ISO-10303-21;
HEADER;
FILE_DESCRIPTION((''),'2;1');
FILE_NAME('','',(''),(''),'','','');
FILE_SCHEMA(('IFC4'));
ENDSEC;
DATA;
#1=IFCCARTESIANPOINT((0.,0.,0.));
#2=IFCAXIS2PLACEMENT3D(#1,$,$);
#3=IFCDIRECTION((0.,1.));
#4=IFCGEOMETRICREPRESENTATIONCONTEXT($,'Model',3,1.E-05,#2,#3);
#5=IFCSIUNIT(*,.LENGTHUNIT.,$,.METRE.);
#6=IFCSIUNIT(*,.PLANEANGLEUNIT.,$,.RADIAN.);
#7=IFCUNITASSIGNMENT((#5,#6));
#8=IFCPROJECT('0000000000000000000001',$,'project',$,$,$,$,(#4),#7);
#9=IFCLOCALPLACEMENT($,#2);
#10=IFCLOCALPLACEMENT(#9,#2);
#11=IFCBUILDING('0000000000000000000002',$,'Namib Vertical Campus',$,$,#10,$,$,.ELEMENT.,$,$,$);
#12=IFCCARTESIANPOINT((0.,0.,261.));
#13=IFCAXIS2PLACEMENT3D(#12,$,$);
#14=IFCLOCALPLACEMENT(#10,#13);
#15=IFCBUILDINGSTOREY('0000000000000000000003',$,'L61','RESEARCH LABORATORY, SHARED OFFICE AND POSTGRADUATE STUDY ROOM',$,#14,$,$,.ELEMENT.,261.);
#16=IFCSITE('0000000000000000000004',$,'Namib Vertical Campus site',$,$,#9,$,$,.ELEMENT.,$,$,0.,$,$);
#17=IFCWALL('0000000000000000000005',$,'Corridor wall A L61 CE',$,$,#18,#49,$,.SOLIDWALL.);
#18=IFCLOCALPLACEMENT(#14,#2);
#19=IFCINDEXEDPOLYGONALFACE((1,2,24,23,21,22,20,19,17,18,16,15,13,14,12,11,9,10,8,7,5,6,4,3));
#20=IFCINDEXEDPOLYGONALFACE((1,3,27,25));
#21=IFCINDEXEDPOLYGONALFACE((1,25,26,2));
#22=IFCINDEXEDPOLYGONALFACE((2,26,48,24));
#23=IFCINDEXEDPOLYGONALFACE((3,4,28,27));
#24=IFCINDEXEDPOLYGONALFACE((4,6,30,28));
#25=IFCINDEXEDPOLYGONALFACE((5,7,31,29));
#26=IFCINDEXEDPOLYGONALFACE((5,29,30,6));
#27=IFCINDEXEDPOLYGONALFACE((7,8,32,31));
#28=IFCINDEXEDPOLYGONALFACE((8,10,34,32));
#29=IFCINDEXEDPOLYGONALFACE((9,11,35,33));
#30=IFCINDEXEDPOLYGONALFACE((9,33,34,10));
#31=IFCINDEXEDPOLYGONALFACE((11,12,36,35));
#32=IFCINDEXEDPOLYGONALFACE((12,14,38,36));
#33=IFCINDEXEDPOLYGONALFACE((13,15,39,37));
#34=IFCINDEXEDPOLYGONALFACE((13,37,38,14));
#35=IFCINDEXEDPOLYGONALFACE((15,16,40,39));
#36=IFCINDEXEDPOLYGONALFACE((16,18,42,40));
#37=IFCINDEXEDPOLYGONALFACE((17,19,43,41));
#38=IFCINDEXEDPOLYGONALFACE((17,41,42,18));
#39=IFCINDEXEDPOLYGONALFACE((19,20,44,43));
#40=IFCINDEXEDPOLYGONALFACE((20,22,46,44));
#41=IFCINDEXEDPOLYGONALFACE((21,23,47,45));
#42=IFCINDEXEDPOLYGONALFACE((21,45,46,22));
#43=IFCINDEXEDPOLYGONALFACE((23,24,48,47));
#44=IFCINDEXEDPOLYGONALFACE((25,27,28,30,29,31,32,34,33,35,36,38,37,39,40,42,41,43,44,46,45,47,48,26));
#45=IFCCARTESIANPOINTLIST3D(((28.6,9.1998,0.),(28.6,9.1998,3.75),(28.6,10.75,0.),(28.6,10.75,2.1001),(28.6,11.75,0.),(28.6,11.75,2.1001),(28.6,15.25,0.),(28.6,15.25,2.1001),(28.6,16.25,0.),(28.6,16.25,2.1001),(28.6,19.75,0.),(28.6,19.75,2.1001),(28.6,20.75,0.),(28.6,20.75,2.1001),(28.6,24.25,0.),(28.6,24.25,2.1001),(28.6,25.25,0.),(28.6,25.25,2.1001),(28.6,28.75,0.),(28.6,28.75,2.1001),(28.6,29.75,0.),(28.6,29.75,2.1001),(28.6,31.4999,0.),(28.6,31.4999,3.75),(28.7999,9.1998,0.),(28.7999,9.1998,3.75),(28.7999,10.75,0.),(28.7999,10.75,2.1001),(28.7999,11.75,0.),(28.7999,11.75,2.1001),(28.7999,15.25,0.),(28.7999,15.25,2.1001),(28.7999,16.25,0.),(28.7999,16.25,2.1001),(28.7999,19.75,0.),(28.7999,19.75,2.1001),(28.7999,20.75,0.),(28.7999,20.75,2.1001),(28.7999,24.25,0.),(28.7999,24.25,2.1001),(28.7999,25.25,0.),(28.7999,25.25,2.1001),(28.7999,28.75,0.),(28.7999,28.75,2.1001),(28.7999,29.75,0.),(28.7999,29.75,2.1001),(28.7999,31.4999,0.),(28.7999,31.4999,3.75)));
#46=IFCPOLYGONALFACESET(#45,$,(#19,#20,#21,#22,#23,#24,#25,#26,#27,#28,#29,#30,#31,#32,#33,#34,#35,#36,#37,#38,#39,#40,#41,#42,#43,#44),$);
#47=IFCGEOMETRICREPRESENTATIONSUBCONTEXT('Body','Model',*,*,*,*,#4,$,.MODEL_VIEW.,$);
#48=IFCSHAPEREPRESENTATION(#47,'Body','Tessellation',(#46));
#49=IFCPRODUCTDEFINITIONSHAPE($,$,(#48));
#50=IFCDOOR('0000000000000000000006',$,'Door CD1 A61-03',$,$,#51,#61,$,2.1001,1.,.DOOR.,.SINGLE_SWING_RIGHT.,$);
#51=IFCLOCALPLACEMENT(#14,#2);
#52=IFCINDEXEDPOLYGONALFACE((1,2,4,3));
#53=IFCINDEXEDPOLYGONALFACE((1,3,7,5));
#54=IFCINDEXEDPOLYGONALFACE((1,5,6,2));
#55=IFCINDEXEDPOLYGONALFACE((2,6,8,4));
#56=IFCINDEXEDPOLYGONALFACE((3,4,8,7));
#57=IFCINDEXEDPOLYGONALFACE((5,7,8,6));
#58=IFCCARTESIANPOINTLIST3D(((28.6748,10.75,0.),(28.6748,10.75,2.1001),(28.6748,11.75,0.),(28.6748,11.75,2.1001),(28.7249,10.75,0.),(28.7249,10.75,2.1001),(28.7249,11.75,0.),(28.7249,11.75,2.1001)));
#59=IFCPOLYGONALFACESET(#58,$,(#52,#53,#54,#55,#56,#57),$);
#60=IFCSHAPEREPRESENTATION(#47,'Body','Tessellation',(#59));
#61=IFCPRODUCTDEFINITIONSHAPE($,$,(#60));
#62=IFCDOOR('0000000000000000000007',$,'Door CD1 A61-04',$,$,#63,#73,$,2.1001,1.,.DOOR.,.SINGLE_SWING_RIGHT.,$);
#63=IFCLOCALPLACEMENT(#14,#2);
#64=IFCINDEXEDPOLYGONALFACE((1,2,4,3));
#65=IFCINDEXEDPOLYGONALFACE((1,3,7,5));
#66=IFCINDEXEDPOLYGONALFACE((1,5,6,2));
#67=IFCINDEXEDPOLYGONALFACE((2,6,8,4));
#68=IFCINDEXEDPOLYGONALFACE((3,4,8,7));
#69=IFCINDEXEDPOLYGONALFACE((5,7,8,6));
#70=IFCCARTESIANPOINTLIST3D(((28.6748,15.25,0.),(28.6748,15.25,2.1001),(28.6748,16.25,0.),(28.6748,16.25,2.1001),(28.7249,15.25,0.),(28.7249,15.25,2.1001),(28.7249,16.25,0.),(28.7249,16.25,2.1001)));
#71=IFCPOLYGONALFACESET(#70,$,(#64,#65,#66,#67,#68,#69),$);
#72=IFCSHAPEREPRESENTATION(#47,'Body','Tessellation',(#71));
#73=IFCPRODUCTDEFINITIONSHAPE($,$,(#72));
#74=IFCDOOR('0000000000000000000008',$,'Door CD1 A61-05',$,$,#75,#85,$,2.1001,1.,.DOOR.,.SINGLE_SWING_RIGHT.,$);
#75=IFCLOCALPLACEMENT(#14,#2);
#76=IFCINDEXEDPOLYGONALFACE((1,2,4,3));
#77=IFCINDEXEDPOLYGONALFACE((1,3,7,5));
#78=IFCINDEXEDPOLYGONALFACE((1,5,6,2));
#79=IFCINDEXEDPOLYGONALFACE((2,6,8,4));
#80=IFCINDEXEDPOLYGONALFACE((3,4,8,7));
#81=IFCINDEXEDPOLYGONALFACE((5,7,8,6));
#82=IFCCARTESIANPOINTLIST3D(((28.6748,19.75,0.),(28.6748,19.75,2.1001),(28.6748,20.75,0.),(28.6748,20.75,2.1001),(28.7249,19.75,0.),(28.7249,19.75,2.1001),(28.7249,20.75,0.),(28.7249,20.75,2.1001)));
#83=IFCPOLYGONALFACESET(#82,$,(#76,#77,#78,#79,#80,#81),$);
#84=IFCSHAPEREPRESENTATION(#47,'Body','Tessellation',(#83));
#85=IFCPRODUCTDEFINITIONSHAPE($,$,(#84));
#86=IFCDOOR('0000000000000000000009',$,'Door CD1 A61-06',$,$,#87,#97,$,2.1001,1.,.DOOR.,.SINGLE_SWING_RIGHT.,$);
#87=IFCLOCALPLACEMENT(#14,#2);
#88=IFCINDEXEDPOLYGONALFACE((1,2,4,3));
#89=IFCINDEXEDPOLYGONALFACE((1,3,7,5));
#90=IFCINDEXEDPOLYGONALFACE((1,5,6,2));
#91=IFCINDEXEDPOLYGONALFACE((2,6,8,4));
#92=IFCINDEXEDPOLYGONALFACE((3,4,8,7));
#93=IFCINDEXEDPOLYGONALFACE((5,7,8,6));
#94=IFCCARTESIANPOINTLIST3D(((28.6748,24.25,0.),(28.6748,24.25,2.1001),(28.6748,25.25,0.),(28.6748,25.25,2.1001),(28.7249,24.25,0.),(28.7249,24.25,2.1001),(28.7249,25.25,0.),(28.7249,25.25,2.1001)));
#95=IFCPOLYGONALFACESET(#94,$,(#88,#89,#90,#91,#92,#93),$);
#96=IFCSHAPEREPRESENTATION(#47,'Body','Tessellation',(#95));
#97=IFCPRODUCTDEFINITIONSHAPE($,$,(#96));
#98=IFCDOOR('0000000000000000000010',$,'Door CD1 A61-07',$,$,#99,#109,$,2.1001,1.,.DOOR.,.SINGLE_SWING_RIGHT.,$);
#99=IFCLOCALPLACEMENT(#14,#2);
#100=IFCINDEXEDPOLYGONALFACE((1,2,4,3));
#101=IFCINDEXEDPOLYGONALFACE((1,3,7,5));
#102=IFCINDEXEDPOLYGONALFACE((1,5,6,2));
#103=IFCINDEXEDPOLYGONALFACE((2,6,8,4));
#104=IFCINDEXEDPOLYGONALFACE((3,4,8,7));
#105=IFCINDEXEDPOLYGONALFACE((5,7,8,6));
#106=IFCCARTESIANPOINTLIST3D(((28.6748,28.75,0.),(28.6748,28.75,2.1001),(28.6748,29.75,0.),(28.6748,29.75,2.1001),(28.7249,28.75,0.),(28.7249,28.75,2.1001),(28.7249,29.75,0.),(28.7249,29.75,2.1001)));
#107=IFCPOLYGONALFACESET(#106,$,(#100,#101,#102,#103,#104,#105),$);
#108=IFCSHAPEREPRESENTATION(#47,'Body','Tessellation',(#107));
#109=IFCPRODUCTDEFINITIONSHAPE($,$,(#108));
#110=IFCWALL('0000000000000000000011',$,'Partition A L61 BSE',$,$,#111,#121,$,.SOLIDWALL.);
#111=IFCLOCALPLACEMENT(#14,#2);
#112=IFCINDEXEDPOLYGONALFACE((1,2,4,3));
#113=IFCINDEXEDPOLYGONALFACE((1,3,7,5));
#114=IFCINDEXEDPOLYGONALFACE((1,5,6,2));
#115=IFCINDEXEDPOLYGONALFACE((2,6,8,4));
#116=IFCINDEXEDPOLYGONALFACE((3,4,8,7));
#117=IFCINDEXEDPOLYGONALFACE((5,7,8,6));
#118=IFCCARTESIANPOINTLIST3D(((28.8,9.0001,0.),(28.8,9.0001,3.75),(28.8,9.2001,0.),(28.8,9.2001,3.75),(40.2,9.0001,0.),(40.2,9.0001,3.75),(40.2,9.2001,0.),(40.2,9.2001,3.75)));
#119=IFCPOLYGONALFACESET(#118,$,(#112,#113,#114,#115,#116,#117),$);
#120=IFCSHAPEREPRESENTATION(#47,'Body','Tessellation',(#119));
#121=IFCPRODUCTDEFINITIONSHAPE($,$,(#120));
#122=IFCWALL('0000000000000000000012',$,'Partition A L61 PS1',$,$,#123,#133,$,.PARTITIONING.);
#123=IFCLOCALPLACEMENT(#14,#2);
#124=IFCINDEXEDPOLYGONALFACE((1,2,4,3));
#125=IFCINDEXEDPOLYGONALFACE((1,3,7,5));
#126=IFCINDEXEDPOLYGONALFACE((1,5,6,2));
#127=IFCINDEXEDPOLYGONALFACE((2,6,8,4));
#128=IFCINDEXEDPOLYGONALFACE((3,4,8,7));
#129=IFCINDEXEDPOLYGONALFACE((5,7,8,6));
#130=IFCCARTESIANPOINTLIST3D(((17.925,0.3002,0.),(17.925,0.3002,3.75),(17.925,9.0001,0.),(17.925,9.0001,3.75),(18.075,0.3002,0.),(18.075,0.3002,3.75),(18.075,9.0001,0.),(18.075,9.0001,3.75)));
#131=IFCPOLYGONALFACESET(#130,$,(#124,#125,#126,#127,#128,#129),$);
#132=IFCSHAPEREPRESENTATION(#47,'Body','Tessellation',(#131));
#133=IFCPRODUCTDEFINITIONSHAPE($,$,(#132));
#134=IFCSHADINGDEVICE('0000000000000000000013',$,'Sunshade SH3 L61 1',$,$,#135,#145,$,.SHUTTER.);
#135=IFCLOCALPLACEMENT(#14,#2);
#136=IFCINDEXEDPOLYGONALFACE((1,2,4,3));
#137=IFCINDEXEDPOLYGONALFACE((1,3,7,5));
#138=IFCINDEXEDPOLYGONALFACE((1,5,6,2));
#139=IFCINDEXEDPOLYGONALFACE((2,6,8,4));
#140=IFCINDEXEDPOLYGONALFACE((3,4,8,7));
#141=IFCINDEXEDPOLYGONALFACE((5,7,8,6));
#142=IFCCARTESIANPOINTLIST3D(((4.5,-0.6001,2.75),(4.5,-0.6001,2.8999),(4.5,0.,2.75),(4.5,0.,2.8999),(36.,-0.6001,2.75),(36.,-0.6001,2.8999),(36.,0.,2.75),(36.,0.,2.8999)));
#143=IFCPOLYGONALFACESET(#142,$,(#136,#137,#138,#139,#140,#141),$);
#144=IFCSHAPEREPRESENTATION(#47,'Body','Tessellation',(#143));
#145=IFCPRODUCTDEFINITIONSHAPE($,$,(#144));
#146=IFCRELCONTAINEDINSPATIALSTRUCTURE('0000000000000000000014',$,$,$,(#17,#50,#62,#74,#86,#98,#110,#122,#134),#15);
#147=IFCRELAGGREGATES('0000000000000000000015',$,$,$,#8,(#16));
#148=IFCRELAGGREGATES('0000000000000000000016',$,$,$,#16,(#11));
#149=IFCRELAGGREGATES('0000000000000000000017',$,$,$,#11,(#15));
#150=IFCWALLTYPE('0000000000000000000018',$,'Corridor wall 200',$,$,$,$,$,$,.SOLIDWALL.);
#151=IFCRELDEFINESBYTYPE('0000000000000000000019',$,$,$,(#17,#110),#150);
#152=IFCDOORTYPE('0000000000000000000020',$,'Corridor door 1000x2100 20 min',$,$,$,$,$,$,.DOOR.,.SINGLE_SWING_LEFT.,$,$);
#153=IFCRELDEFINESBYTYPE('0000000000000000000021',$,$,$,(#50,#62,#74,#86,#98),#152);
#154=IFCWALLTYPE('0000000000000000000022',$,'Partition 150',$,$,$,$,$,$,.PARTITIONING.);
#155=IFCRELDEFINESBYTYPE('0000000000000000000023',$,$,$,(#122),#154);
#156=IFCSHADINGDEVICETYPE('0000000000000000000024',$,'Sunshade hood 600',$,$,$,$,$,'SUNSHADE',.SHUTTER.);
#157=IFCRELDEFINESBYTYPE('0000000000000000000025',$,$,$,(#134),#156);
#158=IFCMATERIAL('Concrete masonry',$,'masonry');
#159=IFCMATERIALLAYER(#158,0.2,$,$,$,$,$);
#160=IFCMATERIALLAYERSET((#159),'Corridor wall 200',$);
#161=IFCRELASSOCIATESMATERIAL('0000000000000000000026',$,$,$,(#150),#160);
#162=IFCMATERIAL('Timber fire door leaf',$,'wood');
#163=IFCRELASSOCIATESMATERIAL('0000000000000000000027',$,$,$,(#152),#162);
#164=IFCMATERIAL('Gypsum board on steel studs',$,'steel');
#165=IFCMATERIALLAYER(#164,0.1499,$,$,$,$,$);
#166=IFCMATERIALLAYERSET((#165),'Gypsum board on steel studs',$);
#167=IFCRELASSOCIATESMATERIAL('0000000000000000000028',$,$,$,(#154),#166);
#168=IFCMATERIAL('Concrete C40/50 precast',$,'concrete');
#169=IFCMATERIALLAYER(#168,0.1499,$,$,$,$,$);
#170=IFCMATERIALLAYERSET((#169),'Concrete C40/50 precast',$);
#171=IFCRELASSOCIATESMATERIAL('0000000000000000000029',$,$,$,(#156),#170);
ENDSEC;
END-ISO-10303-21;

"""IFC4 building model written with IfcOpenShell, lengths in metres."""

from ifc_helpers import new_model, si_unit, direction, frame, frame_2d, origin, origin_2d, place, context, subcontext, project, spatial, rectangle, extrude, material, layer, layer_set, type_object, element, fill, save


model = new_model("IFC4")

# Units and contexts
model_context = context("Model", 3, precision=1e-05, world=origin(), true_north=direction((0.0, 1.0)))
body_context = subcontext(model_context, "Body", "Model", "MODEL_VIEW")
ifc_project = project(units=[si_unit("LENGTHUNIT", "METRE"), si_unit("PLANEANGLEUNIT", "RADIAN")], contexts=[model_context])

# Site, building, storey
site_placement = place(None, origin())
site = spatial("IfcSite", under=ifc_project, at=site_placement, Name="Namib Vertical Campus site", CompositionType="ELEMENT", RefElevation=0.0)
building_placement = place(site_placement, origin())
building = spatial("IfcBuilding", under=site, at=building_placement, Name="Namib Vertical Campus", CompositionType="ELEMENT")
storey_placement = place(building_placement, frame((0.0, 0.0, 261.0)))
storey = spatial("IfcBuildingStorey", under=building, at=storey_placement, Name="L61", Description="RESEARCH LABORATORY, SHARED OFFICE AND POSTGRADUATE STUDY ROOM", CompositionType="ELEMENT", Elevation=261.0)

# Wall, openings, doors
ifc_material_1 = material(Name="Concrete masonry", Category="masonry")
ifc_layer_1 = layer(ifc_material_1, 0.2)
ifc_layer_set_1 = layer_set([ifc_layer_1], Name="Corridor wall 200")
wall_type_1 = type_object("IfcWallType", Name="Corridor wall 200", PredefinedType="SOLIDWALL", material=ifc_layer_set_1)
wall_1_placement = place(storey_placement, frame((28.7, 9.2, 0.0), z_axis=(0.0, 0.0, 1.0), x_axis=(0.0, 1.0, 0.0)))
wall_1 = element("IfcWall", 1, at=wall_1_placement, inside=storey, type_object=wall_type_1, Name="Corridor wall A L61 CE", PredefinedType="SOLIDWALL", context=body_context, shape_type="SweptSolid", body=[
    extrude(rectangle(XDim=22.3, YDim=0.2, at=frame_2d((11.1499, 0.0))), origin(), (0.0, 0.0, 1.0), 3.75),
])
opening_1_placement = place(wall_1_placement, frame((1.55, 0.0, 0.0)))
opening_1 = element("IfcOpeningElement", 2, at=opening_1_placement, cuts=wall_1, PredefinedType="OPENING", context=body_context, shape_type="SweptSolid", body=[
    extrude(rectangle(XDim=1.0, YDim=2.1001, at=frame_2d((0.5, 1.05))), frame((0.0, 0.1099, 0.0), z_axis=(0.0, -1.0, 0.0), x_axis=(1.0, 0.0, 0.0)), (0.0, 0.0, 1.0), 0.22),
])
opening_2_placement = place(wall_1_placement, frame((6.05, 0.0, 0.0)))
opening_2 = element("IfcOpeningElement", 3, at=opening_2_placement, cuts=wall_1, PredefinedType="OPENING", context=body_context, shape_type="SweptSolid", body=[
    extrude(rectangle(XDim=1.0, YDim=2.1001, at=frame_2d((0.5, 1.05))), frame((0.0, 0.1099, 0.0), z_axis=(0.0, -1.0, 0.0), x_axis=(1.0, 0.0, 0.0)), (0.0, 0.0, 1.0), 0.22),
])
opening_3_placement = place(wall_1_placement, frame((10.55, 0.0, 0.0)))
opening_3 = element("IfcOpeningElement", 4, at=opening_3_placement, cuts=wall_1, PredefinedType="OPENING", context=body_context, shape_type="SweptSolid", body=[
    extrude(rectangle(XDim=1.0, YDim=2.1001, at=frame_2d((0.5, 1.05))), frame((0.0, 0.1099, 0.0), z_axis=(0.0, -1.0, 0.0), x_axis=(1.0, 0.0, 0.0)), (0.0, 0.0, 1.0), 0.22),
])
opening_4_placement = place(wall_1_placement, frame((15.05, 0.0, 0.0)))
opening_4 = element("IfcOpeningElement", 5, at=opening_4_placement, cuts=wall_1, PredefinedType="OPENING", context=body_context, shape_type="SweptSolid", body=[
    extrude(rectangle(XDim=1.0, YDim=2.1001, at=frame_2d((0.5, 1.05))), frame((0.0, 0.1099, 0.0), z_axis=(0.0, -1.0, 0.0), x_axis=(1.0, 0.0, 0.0)), (0.0, 0.0, 1.0), 0.22),
])
opening_5_placement = place(wall_1_placement, frame((19.55, 0.0, 0.0)))
opening_5 = element("IfcOpeningElement", 6, at=opening_5_placement, cuts=wall_1, PredefinedType="OPENING", context=body_context, shape_type="SweptSolid", body=[
    extrude(rectangle(XDim=1.0, YDim=2.1001, at=frame_2d((0.5, 1.05))), frame((0.0, 0.1099, 0.0), z_axis=(0.0, -1.0, 0.0), x_axis=(1.0, 0.0, 0.0)), (0.0, 0.0, 1.0), 0.22),
])
ifc_material_2 = material(Name="Timber fire door leaf", Category="wood")
door_type_1 = type_object("IfcDoorType", Name="Corridor door 1000x2100 20 min", OperationType="SINGLE_SWING_LEFT", PredefinedType="DOOR", material=ifc_material_2)
door_1_placement = place(opening_1_placement, frame((1.0, 0.0, 0.0), z_axis=(0.0, 0.0, 1.0), x_axis=(-1.0, 0.0, 0.0)))
door_1 = element("IfcDoor", 7, at=door_1_placement, inside=storey, type_object=door_type_1, Name="Door CD1 A61-03", OperationType="SINGLE_SWING_RIGHT", OverallHeight=2.1001, OverallWidth=1.0, PredefinedType="DOOR", context=body_context, shape_type="SweptSolid", body=[
    extrude(rectangle(XDim=1.0, YDim=2.1001, at=frame_2d((0.5, 1.05))), frame((0.0, 0.0249, 0.0), z_axis=(0.0, -1.0, 0.0), x_axis=(1.0, 0.0, 0.0)), (0.0, 0.0, 1.0), 0.05),
])
fill(opening_1, door_1)
door_2_placement = place(opening_2_placement, frame((1.0, 0.0, 0.0), z_axis=(0.0, 0.0, 1.0), x_axis=(-1.0, 0.0, 0.0)))
door_2 = element("IfcDoor", 8, at=door_2_placement, inside=storey, type_object=door_type_1, Name="Door CD1 A61-04", OperationType="SINGLE_SWING_RIGHT", OverallHeight=2.1001, OverallWidth=1.0, PredefinedType="DOOR", context=body_context, shape_type="SweptSolid", body=[
    extrude(rectangle(XDim=1.0, YDim=2.1001, at=frame_2d((0.5, 1.05))), frame((0.0, 0.0249, 0.0), z_axis=(0.0, -1.0, 0.0), x_axis=(1.0, 0.0, 0.0)), (0.0, 0.0, 1.0), 0.05),
])
fill(opening_2, door_2)
door_3_placement = place(opening_3_placement, frame((1.0, 0.0, 0.0), z_axis=(0.0, 0.0, 1.0), x_axis=(-1.0, 0.0, 0.0)))
door_3 = element("IfcDoor", 9, at=door_3_placement, inside=storey, type_object=door_type_1, Name="Door CD1 A61-05", OperationType="SINGLE_SWING_RIGHT", OverallHeight=2.1001, OverallWidth=1.0, PredefinedType="DOOR", context=body_context, shape_type="SweptSolid", body=[
    extrude(rectangle(XDim=1.0, YDim=2.1001, at=frame_2d((0.5, 1.05))), frame((0.0, 0.0249, 0.0), z_axis=(0.0, -1.0, 0.0), x_axis=(1.0, 0.0, 0.0)), (0.0, 0.0, 1.0), 0.05),
])
fill(opening_3, door_3)
door_4_placement = place(opening_4_placement, frame((1.0, 0.0, 0.0), z_axis=(0.0, 0.0, 1.0), x_axis=(-1.0, 0.0, 0.0)))
door_4 = element("IfcDoor", 10, at=door_4_placement, inside=storey, type_object=door_type_1, Name="Door CD1 A61-06", OperationType="SINGLE_SWING_RIGHT", OverallHeight=2.1001, OverallWidth=1.0, PredefinedType="DOOR", context=body_context, shape_type="SweptSolid", body=[
    extrude(rectangle(XDim=1.0, YDim=2.1001, at=frame_2d((0.5, 1.05))), frame((0.0, 0.0249, 0.0), z_axis=(0.0, -1.0, 0.0), x_axis=(1.0, 0.0, 0.0)), (0.0, 0.0, 1.0), 0.05),
])
fill(opening_4, door_4)
door_5_placement = place(opening_5_placement, frame((1.0, 0.0, 0.0), z_axis=(0.0, 0.0, 1.0), x_axis=(-1.0, 0.0, 0.0)))
door_5 = element("IfcDoor", 11, at=door_5_placement, inside=storey, type_object=door_type_1, Name="Door CD1 A61-07", OperationType="SINGLE_SWING_RIGHT", OverallHeight=2.1001, OverallWidth=1.0, PredefinedType="DOOR", context=body_context, shape_type="SweptSolid", body=[
    extrude(rectangle(XDim=1.0, YDim=2.1001, at=frame_2d((0.5, 1.05))), frame((0.0, 0.0249, 0.0), z_axis=(0.0, -1.0, 0.0), x_axis=(1.0, 0.0, 0.0)), (0.0, 0.0, 1.0), 0.05),
])
fill(opening_5, door_5)

# Walls
wall_2_placement = place(storey_placement, frame((28.8, 9.1001, 0.0), z_axis=(0.0, 0.0, 1.0), x_axis=(1.0, 0.0, 0.0)))
element("IfcWall", 12, at=wall_2_placement, inside=storey, type_object=wall_type_1, Name="Partition A L61 BSE", PredefinedType="SOLIDWALL", context=body_context, shape_type="SweptSolid", body=[
    extrude(rectangle(XDim=11.3999, YDim=0.2, at=frame_2d((5.7, 0.0))), origin(), (0.0, 0.0, 1.0), 3.75),
])
ifc_material_3 = material(Name="Gypsum board on steel studs", Category="steel")
ifc_layer_2 = layer(ifc_material_3, 0.1499)
ifc_layer_set_2 = layer_set([ifc_layer_2], Name="Gypsum board on steel studs")
wall_type_2 = type_object("IfcWallType", Name="Partition 150", PredefinedType="PARTITIONING", material=ifc_layer_set_2)
wall_3_placement = place(storey_placement, frame((18.0, 0.3, 0.0), z_axis=(0.0, 0.0, 1.0), x_axis=(0.0, 1.0, 0.0)))
element("IfcWall", 13, at=wall_3_placement, inside=storey, type_object=wall_type_2, Name="Partition A L61 PS1", PredefinedType="PARTITIONING", context=body_context, shape_type="SweptSolid", body=[
    extrude(rectangle(XDim=8.7, YDim=0.1499, at=frame_2d((4.3501, 0.0))), origin(), (0.0, 0.0, 1.0), 3.75),
])

# Shading device
ifc_material_4 = material(Name="Concrete C40/50 precast", Category="concrete")
ifc_layer_3 = layer(ifc_material_4, 0.1499)
ifc_layer_set_3 = layer_set([ifc_layer_3], Name="Concrete C40/50 precast")
shading_device_type = type_object("IfcShadingDeviceType", Name="Sunshade hood 600", ElementType="SUNSHADE", PredefinedType="SHUTTER", material=ifc_layer_set_3)
shading_device_placement = place(storey_placement, frame((20.25, -0.3, 2.75), z_axis=(0.0, 0.0, 1.0), x_axis=(1.0, 0.0, 0.0)))
element("IfcShadingDevice", 14, at=shading_device_placement, inside=storey, type_object=shading_device_type, Name="Sunshade SH3 L61 1", PredefinedType="SHUTTER", context=body_context, shape_type="SweptSolid", body=[
    extrude(rectangle(XDim=31.5, YDim=0.6001, at=origin_2d()), origin(), (0.0, 0.0, 1.0), 0.1499),
])

save(model, "model.ifc")
